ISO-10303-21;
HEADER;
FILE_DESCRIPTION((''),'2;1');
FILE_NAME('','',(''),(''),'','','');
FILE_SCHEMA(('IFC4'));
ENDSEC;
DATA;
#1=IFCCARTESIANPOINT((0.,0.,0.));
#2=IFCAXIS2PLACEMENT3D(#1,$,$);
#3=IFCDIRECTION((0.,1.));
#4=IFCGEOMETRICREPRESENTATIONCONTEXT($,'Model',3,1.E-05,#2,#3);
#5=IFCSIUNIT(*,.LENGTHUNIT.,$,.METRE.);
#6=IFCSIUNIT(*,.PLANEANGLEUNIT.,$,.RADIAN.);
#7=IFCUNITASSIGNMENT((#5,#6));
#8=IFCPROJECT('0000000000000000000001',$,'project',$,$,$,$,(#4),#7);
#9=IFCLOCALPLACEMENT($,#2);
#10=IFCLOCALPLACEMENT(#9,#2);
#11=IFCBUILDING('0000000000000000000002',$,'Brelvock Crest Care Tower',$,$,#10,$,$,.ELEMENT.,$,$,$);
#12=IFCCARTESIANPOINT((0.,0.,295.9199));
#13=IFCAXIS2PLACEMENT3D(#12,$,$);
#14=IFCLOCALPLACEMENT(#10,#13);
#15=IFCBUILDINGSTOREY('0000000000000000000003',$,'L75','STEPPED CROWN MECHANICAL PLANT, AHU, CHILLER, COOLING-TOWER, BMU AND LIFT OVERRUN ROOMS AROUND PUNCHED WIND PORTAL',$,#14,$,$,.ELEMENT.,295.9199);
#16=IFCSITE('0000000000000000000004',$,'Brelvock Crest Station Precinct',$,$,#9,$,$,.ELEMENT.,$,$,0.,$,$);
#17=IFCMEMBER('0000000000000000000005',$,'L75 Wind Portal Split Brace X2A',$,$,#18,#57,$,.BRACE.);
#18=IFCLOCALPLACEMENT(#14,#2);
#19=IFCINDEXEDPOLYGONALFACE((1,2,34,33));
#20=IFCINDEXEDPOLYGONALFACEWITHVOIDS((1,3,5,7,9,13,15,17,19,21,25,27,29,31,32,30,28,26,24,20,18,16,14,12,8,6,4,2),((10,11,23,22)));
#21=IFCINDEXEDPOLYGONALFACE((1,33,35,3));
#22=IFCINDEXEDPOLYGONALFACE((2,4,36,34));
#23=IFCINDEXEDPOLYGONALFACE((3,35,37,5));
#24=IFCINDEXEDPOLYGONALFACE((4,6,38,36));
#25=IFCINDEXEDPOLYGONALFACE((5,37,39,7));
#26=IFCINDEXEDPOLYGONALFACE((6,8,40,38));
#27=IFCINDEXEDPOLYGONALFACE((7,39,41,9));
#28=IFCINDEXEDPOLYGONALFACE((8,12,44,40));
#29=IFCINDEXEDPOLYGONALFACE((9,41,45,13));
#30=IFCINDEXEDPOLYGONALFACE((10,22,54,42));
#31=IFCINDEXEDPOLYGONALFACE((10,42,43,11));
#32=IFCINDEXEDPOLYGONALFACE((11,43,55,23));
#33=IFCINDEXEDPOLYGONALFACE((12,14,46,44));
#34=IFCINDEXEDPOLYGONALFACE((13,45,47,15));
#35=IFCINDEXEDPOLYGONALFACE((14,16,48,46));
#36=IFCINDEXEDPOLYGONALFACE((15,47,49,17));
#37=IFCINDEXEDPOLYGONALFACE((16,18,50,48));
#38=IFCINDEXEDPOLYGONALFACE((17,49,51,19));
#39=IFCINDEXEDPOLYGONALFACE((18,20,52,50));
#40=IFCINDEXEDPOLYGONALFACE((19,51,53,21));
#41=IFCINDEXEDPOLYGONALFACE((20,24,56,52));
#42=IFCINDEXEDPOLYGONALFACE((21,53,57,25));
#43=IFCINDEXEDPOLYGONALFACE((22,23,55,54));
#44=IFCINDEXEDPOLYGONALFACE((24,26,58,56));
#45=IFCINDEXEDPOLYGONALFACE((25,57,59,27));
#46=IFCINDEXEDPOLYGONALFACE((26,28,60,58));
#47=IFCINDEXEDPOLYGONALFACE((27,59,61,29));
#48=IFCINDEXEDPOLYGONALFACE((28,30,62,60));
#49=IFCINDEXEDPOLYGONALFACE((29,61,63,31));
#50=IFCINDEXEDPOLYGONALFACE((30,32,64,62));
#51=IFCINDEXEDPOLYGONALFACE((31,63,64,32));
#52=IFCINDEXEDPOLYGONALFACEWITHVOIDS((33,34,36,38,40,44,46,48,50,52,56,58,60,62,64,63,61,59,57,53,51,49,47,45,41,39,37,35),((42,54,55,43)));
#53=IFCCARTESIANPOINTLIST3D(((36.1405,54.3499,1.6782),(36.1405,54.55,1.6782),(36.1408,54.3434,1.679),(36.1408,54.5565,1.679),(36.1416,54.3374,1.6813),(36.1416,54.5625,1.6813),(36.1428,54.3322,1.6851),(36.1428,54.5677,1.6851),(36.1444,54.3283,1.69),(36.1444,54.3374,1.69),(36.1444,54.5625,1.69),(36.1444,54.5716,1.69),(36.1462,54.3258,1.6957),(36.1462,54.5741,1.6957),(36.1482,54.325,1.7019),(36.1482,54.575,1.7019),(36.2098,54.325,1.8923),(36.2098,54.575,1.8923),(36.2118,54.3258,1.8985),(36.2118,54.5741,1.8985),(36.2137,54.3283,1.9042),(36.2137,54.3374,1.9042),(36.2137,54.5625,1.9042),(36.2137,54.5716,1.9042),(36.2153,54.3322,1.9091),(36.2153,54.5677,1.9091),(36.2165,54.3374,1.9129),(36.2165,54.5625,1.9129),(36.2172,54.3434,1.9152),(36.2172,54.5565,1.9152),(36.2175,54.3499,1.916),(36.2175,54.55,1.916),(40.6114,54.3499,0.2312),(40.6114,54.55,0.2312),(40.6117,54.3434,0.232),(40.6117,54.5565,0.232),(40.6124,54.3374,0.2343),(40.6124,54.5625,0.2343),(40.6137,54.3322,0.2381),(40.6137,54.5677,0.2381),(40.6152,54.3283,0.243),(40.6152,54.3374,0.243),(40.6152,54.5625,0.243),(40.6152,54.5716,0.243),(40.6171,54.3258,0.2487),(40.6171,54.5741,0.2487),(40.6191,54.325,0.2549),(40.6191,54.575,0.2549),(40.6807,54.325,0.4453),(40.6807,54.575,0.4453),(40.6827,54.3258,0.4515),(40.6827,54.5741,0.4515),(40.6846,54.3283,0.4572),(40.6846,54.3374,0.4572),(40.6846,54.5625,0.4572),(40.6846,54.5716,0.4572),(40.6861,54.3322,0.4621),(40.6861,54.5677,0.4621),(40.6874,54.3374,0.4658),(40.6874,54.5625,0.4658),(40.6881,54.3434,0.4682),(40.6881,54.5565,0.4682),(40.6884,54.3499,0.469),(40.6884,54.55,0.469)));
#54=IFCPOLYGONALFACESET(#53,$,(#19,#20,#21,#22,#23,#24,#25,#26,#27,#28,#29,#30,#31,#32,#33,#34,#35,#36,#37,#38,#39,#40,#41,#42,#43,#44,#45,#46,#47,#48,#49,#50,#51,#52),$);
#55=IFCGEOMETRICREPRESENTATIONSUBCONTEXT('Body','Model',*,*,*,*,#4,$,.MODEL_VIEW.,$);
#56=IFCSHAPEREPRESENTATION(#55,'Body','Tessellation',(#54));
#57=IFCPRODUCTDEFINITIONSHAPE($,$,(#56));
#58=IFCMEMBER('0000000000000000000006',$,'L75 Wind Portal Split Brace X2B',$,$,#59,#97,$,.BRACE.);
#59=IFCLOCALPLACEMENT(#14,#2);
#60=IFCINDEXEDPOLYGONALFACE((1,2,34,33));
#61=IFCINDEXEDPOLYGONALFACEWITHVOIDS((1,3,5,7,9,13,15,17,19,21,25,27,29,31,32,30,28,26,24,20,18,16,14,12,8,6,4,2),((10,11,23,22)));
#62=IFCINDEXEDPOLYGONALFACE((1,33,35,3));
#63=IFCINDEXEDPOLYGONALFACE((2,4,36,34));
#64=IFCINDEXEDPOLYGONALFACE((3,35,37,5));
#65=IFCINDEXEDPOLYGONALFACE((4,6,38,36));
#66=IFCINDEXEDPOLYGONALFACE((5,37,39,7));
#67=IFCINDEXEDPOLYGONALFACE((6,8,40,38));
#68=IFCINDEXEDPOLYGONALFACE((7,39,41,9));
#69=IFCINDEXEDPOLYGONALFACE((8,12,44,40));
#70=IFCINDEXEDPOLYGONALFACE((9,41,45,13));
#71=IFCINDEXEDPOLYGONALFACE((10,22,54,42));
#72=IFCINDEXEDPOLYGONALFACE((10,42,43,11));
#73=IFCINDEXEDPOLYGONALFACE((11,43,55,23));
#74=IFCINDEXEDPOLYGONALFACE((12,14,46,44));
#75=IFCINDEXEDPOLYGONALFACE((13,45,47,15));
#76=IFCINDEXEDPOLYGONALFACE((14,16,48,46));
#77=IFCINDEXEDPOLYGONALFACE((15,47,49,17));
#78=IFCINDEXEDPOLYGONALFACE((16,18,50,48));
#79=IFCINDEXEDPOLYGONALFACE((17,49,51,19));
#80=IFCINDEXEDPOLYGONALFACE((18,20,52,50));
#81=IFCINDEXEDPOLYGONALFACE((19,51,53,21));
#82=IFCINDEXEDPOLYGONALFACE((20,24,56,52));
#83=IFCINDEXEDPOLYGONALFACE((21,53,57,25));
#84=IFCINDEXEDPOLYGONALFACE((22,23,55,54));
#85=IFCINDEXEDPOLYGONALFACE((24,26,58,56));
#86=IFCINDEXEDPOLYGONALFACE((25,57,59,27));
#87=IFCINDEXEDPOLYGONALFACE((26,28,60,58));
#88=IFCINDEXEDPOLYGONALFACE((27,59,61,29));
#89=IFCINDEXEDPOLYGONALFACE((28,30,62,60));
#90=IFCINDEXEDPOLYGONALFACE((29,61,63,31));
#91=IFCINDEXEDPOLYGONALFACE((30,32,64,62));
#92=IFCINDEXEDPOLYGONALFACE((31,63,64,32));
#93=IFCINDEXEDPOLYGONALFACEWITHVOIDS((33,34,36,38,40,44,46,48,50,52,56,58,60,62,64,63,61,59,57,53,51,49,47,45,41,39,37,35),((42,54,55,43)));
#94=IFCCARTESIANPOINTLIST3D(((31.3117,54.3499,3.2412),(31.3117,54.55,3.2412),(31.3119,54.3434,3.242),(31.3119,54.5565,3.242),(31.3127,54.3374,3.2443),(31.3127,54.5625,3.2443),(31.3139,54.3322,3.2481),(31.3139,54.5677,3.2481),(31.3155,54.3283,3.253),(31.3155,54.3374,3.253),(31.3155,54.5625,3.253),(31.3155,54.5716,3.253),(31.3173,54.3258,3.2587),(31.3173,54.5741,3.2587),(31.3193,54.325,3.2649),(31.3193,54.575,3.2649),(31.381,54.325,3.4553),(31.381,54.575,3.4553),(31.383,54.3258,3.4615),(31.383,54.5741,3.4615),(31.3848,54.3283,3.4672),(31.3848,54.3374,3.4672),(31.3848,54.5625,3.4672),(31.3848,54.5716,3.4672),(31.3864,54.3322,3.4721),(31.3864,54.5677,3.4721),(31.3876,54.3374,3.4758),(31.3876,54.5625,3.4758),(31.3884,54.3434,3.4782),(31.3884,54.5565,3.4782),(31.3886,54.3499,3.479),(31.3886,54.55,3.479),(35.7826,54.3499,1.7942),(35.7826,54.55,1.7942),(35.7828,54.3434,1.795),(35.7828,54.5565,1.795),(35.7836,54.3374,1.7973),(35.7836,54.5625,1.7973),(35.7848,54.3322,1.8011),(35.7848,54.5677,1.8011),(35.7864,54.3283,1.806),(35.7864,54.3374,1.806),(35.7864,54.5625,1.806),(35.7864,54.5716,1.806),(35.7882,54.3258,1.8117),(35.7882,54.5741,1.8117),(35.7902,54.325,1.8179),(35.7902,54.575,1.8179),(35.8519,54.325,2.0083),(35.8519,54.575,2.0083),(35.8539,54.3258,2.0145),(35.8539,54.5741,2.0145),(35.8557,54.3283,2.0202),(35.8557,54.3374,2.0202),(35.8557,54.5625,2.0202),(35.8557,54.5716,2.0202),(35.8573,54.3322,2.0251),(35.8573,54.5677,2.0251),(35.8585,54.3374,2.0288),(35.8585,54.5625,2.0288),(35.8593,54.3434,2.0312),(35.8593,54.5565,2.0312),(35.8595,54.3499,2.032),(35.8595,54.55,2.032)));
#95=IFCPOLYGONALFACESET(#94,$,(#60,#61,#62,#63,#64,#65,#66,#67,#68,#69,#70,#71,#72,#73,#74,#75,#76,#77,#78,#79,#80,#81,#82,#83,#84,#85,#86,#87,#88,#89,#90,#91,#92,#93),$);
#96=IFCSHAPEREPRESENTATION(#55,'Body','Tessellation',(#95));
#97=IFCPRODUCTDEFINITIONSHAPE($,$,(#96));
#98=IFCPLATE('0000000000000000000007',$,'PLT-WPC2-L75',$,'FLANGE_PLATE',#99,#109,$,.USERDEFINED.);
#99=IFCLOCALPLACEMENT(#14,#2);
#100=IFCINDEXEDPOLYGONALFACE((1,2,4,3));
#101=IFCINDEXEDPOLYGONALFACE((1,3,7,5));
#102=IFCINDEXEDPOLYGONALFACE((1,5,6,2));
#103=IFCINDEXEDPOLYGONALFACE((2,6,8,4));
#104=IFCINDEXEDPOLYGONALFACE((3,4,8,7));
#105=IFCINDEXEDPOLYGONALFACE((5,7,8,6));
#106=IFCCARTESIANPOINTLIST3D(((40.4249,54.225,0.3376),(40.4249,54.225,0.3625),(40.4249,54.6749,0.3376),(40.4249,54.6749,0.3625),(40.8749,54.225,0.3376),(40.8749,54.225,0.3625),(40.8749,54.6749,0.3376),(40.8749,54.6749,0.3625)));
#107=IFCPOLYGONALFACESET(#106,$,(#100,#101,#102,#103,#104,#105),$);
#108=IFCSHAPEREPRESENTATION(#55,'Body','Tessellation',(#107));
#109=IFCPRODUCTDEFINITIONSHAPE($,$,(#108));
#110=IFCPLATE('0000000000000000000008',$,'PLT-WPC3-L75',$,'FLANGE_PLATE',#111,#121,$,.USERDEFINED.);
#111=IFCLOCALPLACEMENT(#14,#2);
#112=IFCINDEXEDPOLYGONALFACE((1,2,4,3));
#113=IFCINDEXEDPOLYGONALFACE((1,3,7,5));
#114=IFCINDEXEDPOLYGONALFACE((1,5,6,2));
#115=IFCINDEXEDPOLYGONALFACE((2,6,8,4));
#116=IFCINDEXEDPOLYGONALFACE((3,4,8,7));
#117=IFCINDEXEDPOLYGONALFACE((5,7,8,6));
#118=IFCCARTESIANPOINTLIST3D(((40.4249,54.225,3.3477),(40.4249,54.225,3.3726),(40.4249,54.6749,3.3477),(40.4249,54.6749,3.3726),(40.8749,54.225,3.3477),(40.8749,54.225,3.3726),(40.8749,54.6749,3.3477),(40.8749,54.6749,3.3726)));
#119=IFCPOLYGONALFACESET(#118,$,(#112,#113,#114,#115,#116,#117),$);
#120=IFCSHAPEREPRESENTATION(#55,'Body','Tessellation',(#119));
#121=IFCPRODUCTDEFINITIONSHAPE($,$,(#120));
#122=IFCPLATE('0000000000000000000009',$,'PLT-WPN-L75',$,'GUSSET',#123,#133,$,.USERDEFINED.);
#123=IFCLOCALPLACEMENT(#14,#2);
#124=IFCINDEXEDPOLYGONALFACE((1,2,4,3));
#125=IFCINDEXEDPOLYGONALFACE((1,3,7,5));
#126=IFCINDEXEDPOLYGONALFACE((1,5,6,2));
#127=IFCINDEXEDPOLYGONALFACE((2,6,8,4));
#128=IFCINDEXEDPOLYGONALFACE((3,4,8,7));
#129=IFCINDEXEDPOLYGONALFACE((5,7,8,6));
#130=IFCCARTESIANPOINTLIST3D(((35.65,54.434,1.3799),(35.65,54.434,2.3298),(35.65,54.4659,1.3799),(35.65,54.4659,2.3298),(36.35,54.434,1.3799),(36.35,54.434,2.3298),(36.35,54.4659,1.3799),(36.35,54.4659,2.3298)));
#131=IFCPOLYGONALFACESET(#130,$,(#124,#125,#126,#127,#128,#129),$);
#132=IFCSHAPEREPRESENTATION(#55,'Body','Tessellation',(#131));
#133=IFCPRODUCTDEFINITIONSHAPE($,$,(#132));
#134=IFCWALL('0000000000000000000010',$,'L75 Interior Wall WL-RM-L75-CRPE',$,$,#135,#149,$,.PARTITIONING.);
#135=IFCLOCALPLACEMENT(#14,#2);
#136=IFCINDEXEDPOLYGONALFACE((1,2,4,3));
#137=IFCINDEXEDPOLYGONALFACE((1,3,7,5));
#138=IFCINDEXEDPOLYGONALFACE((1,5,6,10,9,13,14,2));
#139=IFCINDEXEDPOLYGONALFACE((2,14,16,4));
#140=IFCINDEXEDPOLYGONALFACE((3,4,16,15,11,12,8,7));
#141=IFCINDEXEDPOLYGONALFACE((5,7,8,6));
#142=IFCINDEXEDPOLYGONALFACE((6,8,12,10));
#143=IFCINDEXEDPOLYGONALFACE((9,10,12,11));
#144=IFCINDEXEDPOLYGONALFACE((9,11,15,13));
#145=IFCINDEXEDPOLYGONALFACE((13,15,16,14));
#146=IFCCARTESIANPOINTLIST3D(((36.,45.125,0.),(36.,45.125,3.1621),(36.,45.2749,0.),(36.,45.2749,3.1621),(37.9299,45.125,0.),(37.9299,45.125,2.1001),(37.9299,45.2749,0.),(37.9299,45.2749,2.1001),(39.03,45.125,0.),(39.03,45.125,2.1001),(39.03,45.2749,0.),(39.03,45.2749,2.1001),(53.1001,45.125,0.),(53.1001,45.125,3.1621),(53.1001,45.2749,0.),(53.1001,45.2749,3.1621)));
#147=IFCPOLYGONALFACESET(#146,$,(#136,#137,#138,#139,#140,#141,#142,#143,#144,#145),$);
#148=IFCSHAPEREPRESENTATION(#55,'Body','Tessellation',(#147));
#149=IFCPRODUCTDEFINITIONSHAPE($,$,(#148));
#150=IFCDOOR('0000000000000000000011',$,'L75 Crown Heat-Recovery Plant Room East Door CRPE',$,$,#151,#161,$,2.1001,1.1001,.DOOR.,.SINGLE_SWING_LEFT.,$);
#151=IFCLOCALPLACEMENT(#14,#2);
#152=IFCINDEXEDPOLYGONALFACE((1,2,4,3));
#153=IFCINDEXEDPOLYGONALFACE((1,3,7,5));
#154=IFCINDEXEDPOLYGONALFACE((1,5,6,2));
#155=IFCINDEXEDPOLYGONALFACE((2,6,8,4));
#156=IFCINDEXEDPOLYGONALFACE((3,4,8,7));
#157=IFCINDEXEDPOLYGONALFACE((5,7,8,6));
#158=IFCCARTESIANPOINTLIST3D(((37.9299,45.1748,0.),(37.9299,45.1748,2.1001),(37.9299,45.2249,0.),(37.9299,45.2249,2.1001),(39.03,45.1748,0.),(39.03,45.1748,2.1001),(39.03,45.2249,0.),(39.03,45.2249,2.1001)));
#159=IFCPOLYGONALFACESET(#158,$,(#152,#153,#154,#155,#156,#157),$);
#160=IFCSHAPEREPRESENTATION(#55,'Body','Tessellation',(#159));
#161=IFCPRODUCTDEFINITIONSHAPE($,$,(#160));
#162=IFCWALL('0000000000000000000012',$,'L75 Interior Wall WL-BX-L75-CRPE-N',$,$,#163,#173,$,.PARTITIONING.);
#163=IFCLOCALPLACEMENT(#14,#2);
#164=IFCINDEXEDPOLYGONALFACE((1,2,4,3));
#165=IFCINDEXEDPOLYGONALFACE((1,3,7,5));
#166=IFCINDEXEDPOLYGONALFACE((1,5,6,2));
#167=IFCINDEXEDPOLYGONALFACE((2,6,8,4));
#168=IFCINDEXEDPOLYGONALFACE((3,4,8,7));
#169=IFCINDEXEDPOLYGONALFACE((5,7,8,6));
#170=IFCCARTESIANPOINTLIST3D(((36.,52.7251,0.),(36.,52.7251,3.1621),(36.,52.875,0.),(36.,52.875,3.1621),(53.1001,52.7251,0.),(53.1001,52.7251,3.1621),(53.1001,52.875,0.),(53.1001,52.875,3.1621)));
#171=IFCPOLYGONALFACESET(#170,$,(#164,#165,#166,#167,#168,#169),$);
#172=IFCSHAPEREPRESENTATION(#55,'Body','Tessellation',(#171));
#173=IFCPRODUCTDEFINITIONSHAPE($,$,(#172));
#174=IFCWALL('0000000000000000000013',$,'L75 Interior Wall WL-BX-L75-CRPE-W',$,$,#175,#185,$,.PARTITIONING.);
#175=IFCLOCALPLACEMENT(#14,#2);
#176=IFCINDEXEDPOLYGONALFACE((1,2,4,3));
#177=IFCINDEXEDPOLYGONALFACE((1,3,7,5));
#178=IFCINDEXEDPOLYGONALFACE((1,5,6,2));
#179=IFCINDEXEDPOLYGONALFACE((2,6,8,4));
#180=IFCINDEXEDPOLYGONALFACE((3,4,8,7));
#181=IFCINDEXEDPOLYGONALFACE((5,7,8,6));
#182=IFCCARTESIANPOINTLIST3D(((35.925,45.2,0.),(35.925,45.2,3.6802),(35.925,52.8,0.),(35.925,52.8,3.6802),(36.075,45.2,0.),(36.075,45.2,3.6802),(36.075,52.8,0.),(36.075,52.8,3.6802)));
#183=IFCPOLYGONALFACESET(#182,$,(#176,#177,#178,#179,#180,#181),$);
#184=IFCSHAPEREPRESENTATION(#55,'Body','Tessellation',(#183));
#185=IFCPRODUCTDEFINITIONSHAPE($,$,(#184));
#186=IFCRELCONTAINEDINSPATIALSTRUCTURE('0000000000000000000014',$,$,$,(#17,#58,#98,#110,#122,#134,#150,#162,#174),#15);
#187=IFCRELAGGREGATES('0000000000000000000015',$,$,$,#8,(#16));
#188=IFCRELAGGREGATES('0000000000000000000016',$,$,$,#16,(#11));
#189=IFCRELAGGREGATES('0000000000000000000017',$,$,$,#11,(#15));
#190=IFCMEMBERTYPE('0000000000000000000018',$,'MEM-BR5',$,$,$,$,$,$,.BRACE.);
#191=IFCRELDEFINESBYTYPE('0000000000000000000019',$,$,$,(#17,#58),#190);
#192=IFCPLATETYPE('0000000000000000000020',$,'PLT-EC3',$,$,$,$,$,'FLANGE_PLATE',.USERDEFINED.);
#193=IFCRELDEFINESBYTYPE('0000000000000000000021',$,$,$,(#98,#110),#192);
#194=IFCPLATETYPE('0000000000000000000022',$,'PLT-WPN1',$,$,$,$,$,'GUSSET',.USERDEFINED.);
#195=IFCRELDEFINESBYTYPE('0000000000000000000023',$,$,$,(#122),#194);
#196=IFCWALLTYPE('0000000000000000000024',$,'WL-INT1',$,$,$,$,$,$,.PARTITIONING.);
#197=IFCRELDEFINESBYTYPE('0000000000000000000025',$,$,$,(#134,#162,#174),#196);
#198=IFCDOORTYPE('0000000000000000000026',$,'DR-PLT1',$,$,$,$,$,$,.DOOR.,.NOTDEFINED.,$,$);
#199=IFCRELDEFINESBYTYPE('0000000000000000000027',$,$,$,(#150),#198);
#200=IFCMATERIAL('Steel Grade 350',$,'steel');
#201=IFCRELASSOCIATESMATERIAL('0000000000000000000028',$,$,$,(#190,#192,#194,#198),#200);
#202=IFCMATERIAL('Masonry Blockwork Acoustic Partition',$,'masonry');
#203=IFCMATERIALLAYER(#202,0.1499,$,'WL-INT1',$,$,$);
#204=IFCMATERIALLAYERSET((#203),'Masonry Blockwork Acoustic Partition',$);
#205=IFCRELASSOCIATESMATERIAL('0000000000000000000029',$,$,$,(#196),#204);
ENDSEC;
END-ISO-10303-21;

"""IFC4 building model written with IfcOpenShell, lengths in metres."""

from ifc_helpers import new_model, si_unit, direction, frame, frame_2d, origin, origin_2d, place, context, subcontext, project, spatial, rectangle, hollow_rectangle, extrude, source, transform, mapped, material, layer, layer_set, material_profile, profile_set, type_object, element, fill, save


model = new_model("IFC4")

# Units and contexts
model_context = context("Model", 3, precision=1e-05, world=origin(), true_north=direction((0.0, 1.0)))
body_context = subcontext(model_context, "Body", "Model", "MODEL_VIEW")
ifc_project = project(units=[si_unit("LENGTHUNIT", "METRE"), si_unit("PLANEANGLEUNIT", "RADIAN")], contexts=[model_context])

# Site, building, storey
site_placement = place(None, origin())
site = spatial("IfcSite", under=ifc_project, at=site_placement, Name="Brelvock Crest Station Precinct", CompositionType="ELEMENT", RefElevation=0.0)
building_placement = place(site_placement, origin())
building = spatial("IfcBuilding", under=site, at=building_placement, Name="Brelvock Crest Care Tower", CompositionType="ELEMENT")
storey_placement = place(building_placement, frame((0.0, 0.0, 295.9199)))
storey = spatial("IfcBuildingStorey", under=building, at=storey_placement, Name="L75", Description="STEPPED CROWN MECHANICAL PLANT, AHU, CHILLER, COOLING-TOWER, BMU AND LIFT OVERRUN ROOMS AROUND PUNCHED WIND PORTAL", CompositionType="ELEMENT", Elevation=295.9199)

# Shared definitions
ifc_material_1 = material(Name="Steel Grade 350", Category="steel")

# Members
ifc_material_profile_1 = material_profile(ifc_material_1, hollow_rectangle(XDim=0.25, YDim=0.25, WallThickness=0.0125, OuterFilletRadius=0.0249, at=origin_2d()), Name="SHS250x250x12.5")
ifc_profile_set_1 = profile_set([ifc_material_profile_1], Name="Steel Grade 350")
member_type = type_object("IfcMemberType", Name="MEM-BR5", PredefinedType="BRACE", material=ifc_profile_set_1)
shared_shape_1 = source(origin(), body_context, "Body", "SweptSolid", [
    extrude(hollow_rectangle(XDim=0.25, YDim=0.25, WallThickness=0.0125, OuterFilletRadius=0.0249, at=origin_2d()), origin(), (0.0, 0.0, 1.0), 4.6992),
])
for number, where, z_axis, x_axis, name in (
    (1, (40.6499, 54.45, 0.3501), (-0.951411, 0.0, 0.307924), (0.0, -1.0, 0.0), "L75 Wind Portal Split Brace X2A"),
    (2, (35.821, 54.45, 1.9131), (-0.951411, 0.0, 0.307924), (0.0, -1.0, 0.0), "L75 Wind Portal Split Brace X2B"),
):
    element("IfcMember", number, at=place(storey_placement, frame(where, z_axis=z_axis, x_axis=x_axis)), inside=storey, type_object=member_type, Name=name, PredefinedType="BRACE", context=body_context, shape_type="MappedRepresentation", body=[
        mapped(shared_shape_1, transform((0.0, 0.0, 0.0), x_axis=(1.0, 0.0, 0.0), y_axis=(0.0, 1.0, 0.0), z_axis=(0.0, 0.0, 1.0), scale=1.0)),
    ])

# Plates
plate_type_1 = type_object("IfcPlateType", Name="PLT-EC3", ElementType="FLANGE_PLATE", PredefinedType="USERDEFINED", material=ifc_material_1)
shared_shape_2 = source(origin(), body_context, "Body", "SweptSolid", [
    extrude(rectangle(XDim=0.45, YDim=0.45, at=origin_2d()), origin(), (0.0, 0.0, 1.0), 0.0249),
])
for number, where, z_axis, x_axis, name in (
    (3, (40.6499, 54.45, 0.3376), (0.0, 0.0, 1.0), (1.0, 0.0, 0.0), "PLT-WPC2-L75"),
    (4, (40.6499, 54.45, 3.3477), (0.0, 0.0, 1.0), (1.0, 0.0, 0.0), "PLT-WPC3-L75"),
):
    element("IfcPlate", number, at=place(storey_placement, frame(where, z_axis=z_axis, x_axis=x_axis)), inside=storey, type_object=plate_type_1, Name=name, ObjectType="FLANGE_PLATE", PredefinedType="USERDEFINED", context=body_context, shape_type="MappedRepresentation", body=[
        mapped(shared_shape_2, transform((0.0, 0.0, 0.0), x_axis=(1.0, 0.0, 0.0), y_axis=(0.0, 1.0, 0.0), z_axis=(0.0, 0.0, 1.0), scale=1.0)),
    ])
plate_type_2 = type_object("IfcPlateType", Name="PLT-WPN1", ElementType="GUSSET", PredefinedType="USERDEFINED", material=ifc_material_1)
shared_shape_3 = source(origin(), body_context, "Body", "SweptSolid", [
    extrude(rectangle(XDim=0.7, YDim=0.032, at=origin_2d()), origin(), (0.0, 0.0, 1.0), 0.95),
])
plate_placement = place(storey_placement, frame((36.0, 54.45, 1.3799), z_axis=(0.0, 0.0, 1.0), x_axis=(1.0, 0.0, 0.0)))
element("IfcPlate", 5, at=plate_placement, inside=storey, type_object=plate_type_2, Name="PLT-WPN-L75", ObjectType="GUSSET", PredefinedType="USERDEFINED", context=body_context, shape_type="MappedRepresentation", body=[
    mapped(shared_shape_3, transform((0.0, 0.0, 0.0), x_axis=(1.0, 0.0, 0.0), y_axis=(0.0, 1.0, 0.0), z_axis=(0.0, 0.0, 1.0), scale=1.0)),
])

# Wall, opening, door
ifc_material_2 = material(Name="Masonry Blockwork Acoustic Partition", Category="masonry")
ifc_layer = layer(ifc_material_2, 0.1499, Name="WL-INT1")
ifc_layer_set = layer_set([ifc_layer], Name="Masonry Blockwork Acoustic Partition")
wall_type = type_object("IfcWallType", Name="WL-INT1", PredefinedType="PARTITIONING", material=ifc_layer_set)
wall_1_placement = place(storey_placement, frame((36.0, 45.2, 0.0), z_axis=(0.0, 0.0, 1.0), x_axis=(1.0, 0.0, 0.0)))
wall_1 = element("IfcWall", 6, at=wall_1_placement, inside=storey, type_object=wall_type, Name="L75 Interior Wall WL-RM-L75-CRPE", PredefinedType="PARTITIONING", context=body_context, shape_type="SweptSolid", body=[
    extrude(rectangle(XDim=17.1001, YDim=0.1499, at=frame_2d((8.55, 0.0))), origin(), (0.0, 0.0, 1.0), 3.1621),
])
opening_placement = place(wall_1_placement, frame((1.9299, 0.0, 0.0)))
opening = element("IfcOpeningElement", 7, at=opening_placement, cuts=wall_1, PredefinedType="OPENING", context=body_context, shape_type="SweptSolid", body=[
    extrude(rectangle(XDim=1.1001, YDim=2.1001, at=origin_2d()), frame((0.55, 0.085, 1.05), z_axis=(0.0, -1.0, 0.0), x_axis=(1.0, 0.0, 0.0)), (0.0, 0.0, 1.0), 0.1699),
])
door_type = type_object("IfcDoorType", Name="DR-PLT1", OperationType="NOTDEFINED", PredefinedType="DOOR", material=ifc_material_1)
shared_shape_4 = source(origin(), body_context, "Body", "SweptSolid", [
    extrude(rectangle(XDim=1.1001, YDim=2.1001, at=origin_2d()), frame((0.55, 0.0249, 1.05), z_axis=(0.0, -1.0, 0.0), x_axis=(1.0, 0.0, 0.0)), (0.0, 0.0, 1.0), 0.05),
])
door_placement = place(opening_placement, origin())
door = element("IfcDoor", 8, at=door_placement, inside=storey, type_object=door_type, Name="L75 Crown Heat-Recovery Plant Room East Door CRPE", OperationType="SINGLE_SWING_LEFT", OverallHeight=2.1001, OverallWidth=1.1001, PredefinedType="DOOR", context=body_context, shape_type="MappedRepresentation", body=[
    mapped(shared_shape_4, transform((0.0, 0.0, 0.0), x_axis=(1.0, 0.0, 0.0), y_axis=(0.0, 1.0, 0.0), z_axis=(0.0, 0.0, 1.0), scale=1.0)),
])
fill(opening, door)

# Walls
wall_2_placement = place(storey_placement, frame((36.0, 52.8, 0.0), z_axis=(0.0, 0.0, 1.0), x_axis=(1.0, 0.0, 0.0)))
element("IfcWall", 9, at=wall_2_placement, inside=storey, type_object=wall_type, Name="L75 Interior Wall WL-BX-L75-CRPE-N", PredefinedType="PARTITIONING", context=body_context, shape_type="SweptSolid", body=[
    extrude(rectangle(XDim=17.1001, YDim=0.1499, at=frame_2d((8.55, 0.0))), origin(), (0.0, 0.0, 1.0), 3.1621),
])
wall_3_placement = place(storey_placement, frame((36.0, 45.2, 0.0), z_axis=(0.0, 0.0, 1.0), x_axis=(0.0, 1.0, 0.0)))
element("IfcWall", 10, at=wall_3_placement, inside=storey, type_object=wall_type, Name="L75 Interior Wall WL-BX-L75-CRPE-W", PredefinedType="PARTITIONING", context=body_context, shape_type="SweptSolid", body=[
    extrude(rectangle(XDim=7.6001, YDim=0.1499, at=frame_2d((3.8, 0.0))), origin(), (0.0, 0.0, 1.0), 3.6802),
])

save(model, "model.ifc")
